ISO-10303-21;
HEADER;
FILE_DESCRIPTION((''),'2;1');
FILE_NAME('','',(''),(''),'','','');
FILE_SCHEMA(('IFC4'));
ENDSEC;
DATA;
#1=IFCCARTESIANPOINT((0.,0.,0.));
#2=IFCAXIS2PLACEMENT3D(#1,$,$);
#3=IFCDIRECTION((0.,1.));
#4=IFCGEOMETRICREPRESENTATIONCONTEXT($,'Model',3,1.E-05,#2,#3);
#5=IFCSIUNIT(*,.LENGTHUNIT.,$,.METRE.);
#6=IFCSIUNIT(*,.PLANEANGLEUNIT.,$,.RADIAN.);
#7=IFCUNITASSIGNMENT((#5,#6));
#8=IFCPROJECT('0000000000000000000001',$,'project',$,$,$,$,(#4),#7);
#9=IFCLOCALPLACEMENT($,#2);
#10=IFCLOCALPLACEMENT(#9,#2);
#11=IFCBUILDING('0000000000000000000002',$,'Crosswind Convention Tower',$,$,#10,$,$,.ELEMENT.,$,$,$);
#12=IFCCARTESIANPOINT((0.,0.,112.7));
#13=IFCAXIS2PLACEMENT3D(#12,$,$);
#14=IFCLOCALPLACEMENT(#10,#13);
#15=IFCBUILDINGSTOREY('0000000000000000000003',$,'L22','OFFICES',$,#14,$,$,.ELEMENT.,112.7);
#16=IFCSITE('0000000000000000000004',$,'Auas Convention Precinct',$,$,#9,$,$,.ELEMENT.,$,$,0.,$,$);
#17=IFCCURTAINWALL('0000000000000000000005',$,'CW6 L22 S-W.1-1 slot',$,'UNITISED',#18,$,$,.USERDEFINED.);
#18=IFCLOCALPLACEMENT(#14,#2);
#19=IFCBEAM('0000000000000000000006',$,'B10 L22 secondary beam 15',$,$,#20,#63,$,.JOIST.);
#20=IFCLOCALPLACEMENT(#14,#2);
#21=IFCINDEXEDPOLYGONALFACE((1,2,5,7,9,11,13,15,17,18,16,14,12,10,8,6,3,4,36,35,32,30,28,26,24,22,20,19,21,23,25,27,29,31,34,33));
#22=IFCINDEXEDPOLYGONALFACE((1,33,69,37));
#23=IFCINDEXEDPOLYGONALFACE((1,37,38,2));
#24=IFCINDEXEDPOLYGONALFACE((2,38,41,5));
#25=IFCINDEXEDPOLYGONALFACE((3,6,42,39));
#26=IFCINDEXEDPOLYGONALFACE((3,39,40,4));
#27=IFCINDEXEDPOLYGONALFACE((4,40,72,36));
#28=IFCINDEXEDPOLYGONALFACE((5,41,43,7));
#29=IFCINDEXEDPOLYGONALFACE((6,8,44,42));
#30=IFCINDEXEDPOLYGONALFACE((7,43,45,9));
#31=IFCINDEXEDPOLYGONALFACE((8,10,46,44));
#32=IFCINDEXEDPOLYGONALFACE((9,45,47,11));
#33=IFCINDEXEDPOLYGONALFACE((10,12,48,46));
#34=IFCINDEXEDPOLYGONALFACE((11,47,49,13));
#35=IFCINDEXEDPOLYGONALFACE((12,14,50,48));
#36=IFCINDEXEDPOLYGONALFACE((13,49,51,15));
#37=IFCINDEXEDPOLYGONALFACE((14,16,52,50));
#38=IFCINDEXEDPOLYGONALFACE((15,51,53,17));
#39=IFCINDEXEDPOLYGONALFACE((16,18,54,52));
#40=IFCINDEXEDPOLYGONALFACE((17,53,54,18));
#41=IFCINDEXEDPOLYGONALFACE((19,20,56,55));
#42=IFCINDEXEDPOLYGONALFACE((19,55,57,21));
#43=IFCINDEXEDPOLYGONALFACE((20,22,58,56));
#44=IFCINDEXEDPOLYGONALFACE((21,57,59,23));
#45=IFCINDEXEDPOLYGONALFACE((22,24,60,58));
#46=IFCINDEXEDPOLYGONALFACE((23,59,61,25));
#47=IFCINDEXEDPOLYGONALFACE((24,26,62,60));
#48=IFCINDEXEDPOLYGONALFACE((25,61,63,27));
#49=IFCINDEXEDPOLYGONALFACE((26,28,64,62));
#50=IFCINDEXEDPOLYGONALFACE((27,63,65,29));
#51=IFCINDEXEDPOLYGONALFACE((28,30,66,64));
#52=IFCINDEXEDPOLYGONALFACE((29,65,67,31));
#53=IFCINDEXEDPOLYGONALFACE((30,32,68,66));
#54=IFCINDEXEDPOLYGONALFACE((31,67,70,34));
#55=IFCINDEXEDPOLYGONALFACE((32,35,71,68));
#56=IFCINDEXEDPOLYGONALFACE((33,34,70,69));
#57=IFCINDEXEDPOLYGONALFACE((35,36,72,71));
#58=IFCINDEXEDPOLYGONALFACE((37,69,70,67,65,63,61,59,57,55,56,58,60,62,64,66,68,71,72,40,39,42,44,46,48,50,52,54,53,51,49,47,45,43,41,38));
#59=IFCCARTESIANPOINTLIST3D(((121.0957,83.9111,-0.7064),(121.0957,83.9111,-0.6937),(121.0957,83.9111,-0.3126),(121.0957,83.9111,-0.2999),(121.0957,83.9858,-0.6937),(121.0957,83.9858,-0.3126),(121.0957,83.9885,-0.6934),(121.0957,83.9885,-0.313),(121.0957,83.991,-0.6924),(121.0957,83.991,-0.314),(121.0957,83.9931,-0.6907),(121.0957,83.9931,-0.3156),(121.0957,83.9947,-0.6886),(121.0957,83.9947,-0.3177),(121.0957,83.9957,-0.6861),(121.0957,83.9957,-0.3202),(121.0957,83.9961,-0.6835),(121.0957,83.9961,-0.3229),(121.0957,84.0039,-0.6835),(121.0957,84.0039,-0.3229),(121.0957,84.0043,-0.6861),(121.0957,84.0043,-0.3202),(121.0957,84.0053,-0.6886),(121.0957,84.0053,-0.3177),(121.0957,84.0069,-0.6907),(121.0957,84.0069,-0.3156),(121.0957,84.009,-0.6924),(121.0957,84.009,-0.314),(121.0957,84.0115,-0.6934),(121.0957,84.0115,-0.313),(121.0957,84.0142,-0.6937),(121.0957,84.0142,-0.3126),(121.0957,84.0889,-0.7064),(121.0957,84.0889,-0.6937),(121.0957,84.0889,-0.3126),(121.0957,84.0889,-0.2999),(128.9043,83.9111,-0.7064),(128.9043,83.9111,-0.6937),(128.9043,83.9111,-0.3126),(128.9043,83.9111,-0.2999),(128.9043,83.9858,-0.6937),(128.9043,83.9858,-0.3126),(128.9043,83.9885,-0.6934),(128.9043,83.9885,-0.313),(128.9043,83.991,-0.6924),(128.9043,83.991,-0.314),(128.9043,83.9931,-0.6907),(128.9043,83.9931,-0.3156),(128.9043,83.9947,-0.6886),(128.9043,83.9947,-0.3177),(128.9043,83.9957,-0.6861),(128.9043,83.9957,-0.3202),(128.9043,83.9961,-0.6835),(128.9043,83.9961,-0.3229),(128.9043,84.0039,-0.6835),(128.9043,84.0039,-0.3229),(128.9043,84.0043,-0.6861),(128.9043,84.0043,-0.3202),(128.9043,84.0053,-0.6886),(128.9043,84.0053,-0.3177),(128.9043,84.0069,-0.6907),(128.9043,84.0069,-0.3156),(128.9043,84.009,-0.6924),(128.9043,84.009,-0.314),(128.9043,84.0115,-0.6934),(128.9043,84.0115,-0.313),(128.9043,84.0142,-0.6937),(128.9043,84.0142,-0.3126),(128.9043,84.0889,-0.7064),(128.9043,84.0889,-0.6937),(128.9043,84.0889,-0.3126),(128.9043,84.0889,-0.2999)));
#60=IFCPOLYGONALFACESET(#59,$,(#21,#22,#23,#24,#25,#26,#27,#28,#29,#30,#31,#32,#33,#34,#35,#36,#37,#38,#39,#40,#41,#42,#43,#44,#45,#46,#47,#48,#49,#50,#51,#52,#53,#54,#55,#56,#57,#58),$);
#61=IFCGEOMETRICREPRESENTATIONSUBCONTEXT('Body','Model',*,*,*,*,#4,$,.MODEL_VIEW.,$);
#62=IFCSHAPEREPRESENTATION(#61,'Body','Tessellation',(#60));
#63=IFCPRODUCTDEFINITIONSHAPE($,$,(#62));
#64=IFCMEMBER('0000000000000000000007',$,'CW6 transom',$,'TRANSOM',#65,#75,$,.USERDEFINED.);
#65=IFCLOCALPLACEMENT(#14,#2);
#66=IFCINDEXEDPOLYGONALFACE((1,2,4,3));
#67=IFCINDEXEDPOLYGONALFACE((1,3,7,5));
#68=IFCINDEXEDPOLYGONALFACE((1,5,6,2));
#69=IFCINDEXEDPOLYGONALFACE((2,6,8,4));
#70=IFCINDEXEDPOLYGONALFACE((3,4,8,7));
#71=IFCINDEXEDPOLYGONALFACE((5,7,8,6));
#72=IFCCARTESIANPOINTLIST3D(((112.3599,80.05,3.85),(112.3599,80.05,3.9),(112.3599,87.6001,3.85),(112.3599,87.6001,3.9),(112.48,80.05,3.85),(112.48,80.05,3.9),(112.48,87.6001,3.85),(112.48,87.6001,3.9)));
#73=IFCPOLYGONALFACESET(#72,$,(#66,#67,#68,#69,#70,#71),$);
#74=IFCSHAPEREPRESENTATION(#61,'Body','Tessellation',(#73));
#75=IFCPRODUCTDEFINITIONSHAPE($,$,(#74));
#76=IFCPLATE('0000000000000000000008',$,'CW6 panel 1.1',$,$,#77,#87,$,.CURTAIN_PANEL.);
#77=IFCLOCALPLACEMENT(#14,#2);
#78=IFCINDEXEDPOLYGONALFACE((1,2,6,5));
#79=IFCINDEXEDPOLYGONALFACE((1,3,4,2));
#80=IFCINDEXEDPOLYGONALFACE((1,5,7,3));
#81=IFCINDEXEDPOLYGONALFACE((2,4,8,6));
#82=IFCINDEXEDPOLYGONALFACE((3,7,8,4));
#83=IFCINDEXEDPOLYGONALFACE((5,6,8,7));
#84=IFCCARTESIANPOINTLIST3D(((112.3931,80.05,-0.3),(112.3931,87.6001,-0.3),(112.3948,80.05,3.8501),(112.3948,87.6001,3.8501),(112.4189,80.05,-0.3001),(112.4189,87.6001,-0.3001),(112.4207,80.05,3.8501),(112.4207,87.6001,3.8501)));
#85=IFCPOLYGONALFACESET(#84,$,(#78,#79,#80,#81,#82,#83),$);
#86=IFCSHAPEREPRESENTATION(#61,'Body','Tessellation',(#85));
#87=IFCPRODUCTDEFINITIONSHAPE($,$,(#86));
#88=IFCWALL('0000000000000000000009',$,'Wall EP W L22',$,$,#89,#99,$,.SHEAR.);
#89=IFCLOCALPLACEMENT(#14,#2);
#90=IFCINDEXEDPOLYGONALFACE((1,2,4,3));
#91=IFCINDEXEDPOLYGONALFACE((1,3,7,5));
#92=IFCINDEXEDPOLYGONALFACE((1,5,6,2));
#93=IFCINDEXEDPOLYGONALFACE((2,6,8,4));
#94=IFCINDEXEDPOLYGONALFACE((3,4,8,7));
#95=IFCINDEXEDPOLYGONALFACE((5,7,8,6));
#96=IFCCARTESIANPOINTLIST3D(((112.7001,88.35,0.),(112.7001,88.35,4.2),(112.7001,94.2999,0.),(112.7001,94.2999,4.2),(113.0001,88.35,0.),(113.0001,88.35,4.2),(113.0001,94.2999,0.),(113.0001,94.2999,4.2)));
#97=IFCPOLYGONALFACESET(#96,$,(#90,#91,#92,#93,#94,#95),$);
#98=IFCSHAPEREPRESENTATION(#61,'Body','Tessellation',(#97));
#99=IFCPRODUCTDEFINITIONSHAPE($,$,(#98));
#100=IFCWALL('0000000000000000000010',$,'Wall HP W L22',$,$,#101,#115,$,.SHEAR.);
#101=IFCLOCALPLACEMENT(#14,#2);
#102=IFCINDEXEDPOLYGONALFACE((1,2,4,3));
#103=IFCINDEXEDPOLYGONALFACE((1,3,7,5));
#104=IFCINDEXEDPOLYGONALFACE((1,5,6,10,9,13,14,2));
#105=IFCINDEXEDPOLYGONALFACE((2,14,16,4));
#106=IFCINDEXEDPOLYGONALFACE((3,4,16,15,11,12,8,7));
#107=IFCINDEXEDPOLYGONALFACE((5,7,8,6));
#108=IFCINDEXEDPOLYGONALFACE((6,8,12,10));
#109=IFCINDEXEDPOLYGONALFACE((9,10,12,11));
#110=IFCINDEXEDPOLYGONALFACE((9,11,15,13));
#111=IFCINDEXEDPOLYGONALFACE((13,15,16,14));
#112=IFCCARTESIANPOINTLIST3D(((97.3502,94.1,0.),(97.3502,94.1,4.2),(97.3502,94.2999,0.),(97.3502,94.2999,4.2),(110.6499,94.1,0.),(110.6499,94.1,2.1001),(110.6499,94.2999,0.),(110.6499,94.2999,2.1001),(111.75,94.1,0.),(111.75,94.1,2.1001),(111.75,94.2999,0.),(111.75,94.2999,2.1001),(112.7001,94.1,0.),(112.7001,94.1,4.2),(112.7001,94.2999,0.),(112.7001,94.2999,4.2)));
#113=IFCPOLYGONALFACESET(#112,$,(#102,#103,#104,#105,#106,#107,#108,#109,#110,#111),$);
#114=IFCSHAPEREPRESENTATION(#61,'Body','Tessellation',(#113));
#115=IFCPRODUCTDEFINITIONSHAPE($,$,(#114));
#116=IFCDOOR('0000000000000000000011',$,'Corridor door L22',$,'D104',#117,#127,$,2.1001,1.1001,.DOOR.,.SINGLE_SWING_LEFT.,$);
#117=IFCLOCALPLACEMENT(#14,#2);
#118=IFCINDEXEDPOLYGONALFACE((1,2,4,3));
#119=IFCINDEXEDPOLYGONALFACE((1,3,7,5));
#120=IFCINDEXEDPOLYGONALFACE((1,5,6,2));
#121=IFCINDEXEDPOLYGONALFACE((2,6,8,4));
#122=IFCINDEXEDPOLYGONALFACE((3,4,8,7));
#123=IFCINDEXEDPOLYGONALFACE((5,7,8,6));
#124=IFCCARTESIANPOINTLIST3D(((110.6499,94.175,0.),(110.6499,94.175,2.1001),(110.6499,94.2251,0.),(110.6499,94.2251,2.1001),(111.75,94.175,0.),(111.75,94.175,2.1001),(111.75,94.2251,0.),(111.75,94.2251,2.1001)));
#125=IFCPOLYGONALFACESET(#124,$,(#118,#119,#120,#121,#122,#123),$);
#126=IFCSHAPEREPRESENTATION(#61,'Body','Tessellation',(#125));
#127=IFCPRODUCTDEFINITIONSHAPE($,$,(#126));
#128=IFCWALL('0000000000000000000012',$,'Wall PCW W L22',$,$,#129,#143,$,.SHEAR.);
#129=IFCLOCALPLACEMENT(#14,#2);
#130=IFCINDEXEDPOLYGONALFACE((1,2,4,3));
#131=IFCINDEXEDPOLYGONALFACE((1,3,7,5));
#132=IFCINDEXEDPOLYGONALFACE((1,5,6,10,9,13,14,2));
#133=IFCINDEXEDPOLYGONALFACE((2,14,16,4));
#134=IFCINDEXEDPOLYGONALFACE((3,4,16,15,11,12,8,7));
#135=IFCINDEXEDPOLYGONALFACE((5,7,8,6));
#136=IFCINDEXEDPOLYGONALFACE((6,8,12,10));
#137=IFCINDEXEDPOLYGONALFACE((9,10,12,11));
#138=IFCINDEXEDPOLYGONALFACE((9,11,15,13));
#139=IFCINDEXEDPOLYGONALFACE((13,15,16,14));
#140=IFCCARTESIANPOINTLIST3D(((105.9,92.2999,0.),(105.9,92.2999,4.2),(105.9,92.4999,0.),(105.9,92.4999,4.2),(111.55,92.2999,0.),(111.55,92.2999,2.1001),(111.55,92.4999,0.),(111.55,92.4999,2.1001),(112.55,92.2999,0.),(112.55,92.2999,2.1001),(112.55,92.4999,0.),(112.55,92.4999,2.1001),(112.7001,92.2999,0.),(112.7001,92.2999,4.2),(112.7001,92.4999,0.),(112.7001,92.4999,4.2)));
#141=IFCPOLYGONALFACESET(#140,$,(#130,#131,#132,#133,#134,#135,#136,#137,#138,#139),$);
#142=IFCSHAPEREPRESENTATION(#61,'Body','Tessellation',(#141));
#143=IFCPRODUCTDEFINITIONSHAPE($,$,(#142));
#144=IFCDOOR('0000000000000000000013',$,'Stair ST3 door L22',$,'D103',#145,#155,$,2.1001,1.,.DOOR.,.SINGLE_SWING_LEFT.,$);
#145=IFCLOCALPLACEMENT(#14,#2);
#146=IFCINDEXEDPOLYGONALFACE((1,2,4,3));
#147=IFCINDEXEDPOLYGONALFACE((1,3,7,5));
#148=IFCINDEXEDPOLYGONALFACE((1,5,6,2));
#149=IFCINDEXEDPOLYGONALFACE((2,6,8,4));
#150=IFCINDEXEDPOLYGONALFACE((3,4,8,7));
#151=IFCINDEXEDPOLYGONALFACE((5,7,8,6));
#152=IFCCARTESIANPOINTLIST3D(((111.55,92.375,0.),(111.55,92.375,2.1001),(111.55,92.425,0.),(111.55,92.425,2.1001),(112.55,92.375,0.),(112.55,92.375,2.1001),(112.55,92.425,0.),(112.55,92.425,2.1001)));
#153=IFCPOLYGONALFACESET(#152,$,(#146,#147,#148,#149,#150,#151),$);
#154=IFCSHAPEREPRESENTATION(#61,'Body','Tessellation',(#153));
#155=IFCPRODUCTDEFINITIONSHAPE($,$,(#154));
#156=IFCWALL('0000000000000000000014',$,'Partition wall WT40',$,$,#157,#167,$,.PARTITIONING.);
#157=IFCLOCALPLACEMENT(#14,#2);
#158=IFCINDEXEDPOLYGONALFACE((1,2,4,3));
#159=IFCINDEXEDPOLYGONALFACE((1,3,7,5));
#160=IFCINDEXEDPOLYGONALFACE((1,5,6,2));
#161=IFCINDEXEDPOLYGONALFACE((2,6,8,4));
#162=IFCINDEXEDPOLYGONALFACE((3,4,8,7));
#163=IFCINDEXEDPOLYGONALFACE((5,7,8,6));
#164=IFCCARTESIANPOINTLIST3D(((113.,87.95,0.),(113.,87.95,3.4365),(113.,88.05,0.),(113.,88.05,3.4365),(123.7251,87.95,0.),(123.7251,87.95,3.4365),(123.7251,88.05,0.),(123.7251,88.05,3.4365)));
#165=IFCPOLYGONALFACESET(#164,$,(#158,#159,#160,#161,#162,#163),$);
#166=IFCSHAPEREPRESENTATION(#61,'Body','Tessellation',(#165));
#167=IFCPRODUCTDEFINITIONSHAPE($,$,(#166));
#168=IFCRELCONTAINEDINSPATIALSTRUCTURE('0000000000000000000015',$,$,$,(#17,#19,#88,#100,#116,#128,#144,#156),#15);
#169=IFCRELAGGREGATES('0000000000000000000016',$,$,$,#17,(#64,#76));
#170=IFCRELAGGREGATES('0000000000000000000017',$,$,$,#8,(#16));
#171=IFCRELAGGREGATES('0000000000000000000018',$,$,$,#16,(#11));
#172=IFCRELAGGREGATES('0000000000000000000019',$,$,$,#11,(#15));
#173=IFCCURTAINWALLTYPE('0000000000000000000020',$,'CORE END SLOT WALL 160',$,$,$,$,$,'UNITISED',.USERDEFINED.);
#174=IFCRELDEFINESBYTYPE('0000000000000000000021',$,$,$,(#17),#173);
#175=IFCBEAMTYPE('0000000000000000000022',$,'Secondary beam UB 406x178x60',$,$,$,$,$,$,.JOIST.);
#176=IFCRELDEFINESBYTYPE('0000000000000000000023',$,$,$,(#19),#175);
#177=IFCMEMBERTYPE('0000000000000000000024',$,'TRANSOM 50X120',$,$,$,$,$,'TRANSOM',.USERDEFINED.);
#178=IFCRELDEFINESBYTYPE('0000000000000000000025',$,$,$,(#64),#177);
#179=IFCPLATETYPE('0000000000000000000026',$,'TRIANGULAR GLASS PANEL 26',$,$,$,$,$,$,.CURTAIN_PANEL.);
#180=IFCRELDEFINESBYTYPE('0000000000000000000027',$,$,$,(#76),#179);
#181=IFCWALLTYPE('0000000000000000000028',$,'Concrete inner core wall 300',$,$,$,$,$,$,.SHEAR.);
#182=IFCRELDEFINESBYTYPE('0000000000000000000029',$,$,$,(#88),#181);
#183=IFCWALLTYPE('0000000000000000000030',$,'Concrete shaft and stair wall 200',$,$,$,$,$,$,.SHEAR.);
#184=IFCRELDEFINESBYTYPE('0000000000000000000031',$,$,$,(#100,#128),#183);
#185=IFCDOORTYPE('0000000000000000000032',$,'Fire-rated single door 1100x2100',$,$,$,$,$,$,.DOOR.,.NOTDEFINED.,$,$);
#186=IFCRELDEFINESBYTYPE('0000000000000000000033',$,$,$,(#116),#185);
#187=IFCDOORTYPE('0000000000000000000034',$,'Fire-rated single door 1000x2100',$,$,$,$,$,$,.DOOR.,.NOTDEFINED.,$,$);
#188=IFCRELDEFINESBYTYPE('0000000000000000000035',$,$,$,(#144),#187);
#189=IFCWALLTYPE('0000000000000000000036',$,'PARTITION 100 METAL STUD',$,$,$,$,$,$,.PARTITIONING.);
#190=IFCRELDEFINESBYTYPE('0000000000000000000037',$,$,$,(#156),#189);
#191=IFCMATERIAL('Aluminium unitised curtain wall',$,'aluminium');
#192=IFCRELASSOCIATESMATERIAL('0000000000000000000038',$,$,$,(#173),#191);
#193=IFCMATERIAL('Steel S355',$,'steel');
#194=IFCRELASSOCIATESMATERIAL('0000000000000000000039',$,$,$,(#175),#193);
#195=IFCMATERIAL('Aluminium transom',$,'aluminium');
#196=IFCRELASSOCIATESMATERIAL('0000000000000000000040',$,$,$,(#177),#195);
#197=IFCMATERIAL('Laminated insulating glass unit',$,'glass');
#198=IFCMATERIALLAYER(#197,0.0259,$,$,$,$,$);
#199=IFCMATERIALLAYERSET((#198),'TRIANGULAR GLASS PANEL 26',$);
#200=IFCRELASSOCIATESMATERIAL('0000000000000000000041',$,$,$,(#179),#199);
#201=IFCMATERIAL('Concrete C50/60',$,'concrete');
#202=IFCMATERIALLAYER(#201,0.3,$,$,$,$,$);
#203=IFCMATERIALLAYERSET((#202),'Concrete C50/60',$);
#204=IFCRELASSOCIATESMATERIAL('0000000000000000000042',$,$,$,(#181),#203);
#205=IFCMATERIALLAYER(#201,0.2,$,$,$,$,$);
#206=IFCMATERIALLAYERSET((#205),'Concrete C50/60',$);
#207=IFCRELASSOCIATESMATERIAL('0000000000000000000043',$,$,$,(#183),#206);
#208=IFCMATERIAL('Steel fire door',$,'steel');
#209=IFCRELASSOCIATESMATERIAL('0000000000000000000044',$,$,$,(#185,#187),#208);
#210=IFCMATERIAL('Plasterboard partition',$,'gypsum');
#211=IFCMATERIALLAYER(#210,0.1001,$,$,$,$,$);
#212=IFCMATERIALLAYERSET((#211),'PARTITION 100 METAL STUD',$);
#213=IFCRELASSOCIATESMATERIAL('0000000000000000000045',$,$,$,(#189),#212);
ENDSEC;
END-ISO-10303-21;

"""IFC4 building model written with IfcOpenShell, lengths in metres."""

from ifc_helpers import new_model, si_unit, direction, frame, frame_2d, origin, origin_2d, place, context, subcontext, project, spatial, polyline, rectangle, i_section, outline, extrude, material, layer, layer_set, material_profile, profile_set, type_object, element, fill, aggregate, save


model = new_model("IFC4")

# Units and contexts
model_context = context("Model", 3, precision=1e-05, world=origin(), true_north=direction((0.0, 1.0)))
body_context = subcontext(model_context, "Body", "Model", "MODEL_VIEW")
ifc_project = project(units=[si_unit("LENGTHUNIT", "METRE"), si_unit("PLANEANGLEUNIT", "RADIAN")], contexts=[model_context])

# Site, building, storey
site_placement = place(None, origin())
site = spatial("IfcSite", under=ifc_project, at=site_placement, Name="Auas Convention Precinct", CompositionType="ELEMENT", RefElevation=0.0)
building_placement = place(site_placement, origin())
building = spatial("IfcBuilding", under=site, at=building_placement, Name="Crosswind Convention Tower", CompositionType="ELEMENT")
storey_placement = place(building_placement, frame((0.0, 0.0, 112.7)))
storey = spatial("IfcBuildingStorey", under=building, at=storey_placement, Name="L22", Description="OFFICES", CompositionType="ELEMENT", Elevation=112.7)

# Shared definitions
ifc_material_1 = material(Name="Steel S355", Category="steel")

# Curtain wall
ifc_material_2 = material(Name="Aluminium unitised curtain wall", Category="aluminium")
curtain_wall_type = type_object("IfcCurtainWallType", Name="CORE END SLOT WALL 160", ElementType="UNITISED", PredefinedType="USERDEFINED", material=ifc_material_2)
curtain_wall_placement = place(storey_placement, origin())
curtain_wall = element("IfcCurtainWall", 1, at=curtain_wall_placement, inside=storey, type_object=curtain_wall_type, Name="CW6 L22 S-W.1-1 slot", ObjectType="UNITISED", PredefinedType="USERDEFINED")

# Beam
ifc_material_profile_1 = material_profile(ifc_material_1, i_section(OverallWidth=0.1777, OverallDepth=0.4065, WebThickness=0.0078, FlangeThickness=0.0127, FilletRadius=0.0103, at=origin_2d()), Name="UB 406x178x60")
ifc_profile_set_1 = profile_set([ifc_material_profile_1], Name="Steel S355")
beam_type_1 = type_object("IfcBeamType", Name="Secondary beam UB 406x178x60", PredefinedType="JOIST", material=ifc_profile_set_1)
beam_1_placement = place(storey_placement, frame((121.0957, 84.0, -0.5032), z_axis=(1.0, 0.0, 0.0), x_axis=(0.0, 1.0, 0.0)))
element("IfcBeam", 2, at=beam_1_placement, inside=storey, type_object=beam_type_1, Name="B10 L22 secondary beam 15", PredefinedType="JOIST", context=body_context, shape_type="SweptSolid", body=[
    extrude(i_section(OverallWidth=0.1777, OverallDepth=0.4065, WebThickness=0.0078, FlangeThickness=0.0127, FilletRadius=0.0103, at=origin_2d()), origin(), (0.0, 0.0, 1.0), 7.8086),
])

# Member
ifc_material_3 = material(Name="Aluminium transom", Category="aluminium")
ifc_material_profile_2 = material_profile(ifc_material_3, rectangle(XDim=0.1201, YDim=0.05, at=origin_2d()), Name="AL 120X50")
ifc_profile_set_2 = profile_set([ifc_material_profile_2], Name="Aluminium transom")
member_type_1 = type_object("IfcMemberType", Name="TRANSOM 50X120", ElementType="TRANSOM", PredefinedType="USERDEFINED", material=ifc_profile_set_2)
member_1_placement = place(storey_placement, frame((112.4199, 87.6001, 3.875), z_axis=(0.0, -1.0, 0.0), x_axis=(1.0, 0.0, 0.0)))
member_1 = element("IfcMember", 3, at=member_1_placement, type_object=member_type_1, Name="CW6 transom", ObjectType="TRANSOM", PredefinedType="USERDEFINED", context=body_context, shape_type="SweptSolid", body=[
    extrude(rectangle(XDim=0.1201, YDim=0.05, at=origin_2d()), origin(), (0.0, 0.0, 1.0), 7.55),
])

# Plate
ifc_material_4 = material(Name="Laminated insulating glass unit", Category="glass")
ifc_layer_1 = layer(ifc_material_4, 0.0259)
ifc_layer_set_1 = layer_set([ifc_layer_1], Name="TRIANGULAR GLASS PANEL 26")
plate_type = type_object("IfcPlateType", Name="TRIANGULAR GLASS PANEL 26", PredefinedType="CURTAIN_PANEL", material=ifc_layer_set_1)
plate_placement = place(storey_placement, frame((112.3931, 87.6001, -0.3), z_axis=(-1.0, 0.0, 0.000412), x_axis=(0.0, -1.0, 0.0)))
plate = element("IfcPlate", 4, at=plate_placement, type_object=plate_type, Name="CW6 panel 1.1", PredefinedType="CURTAIN_PANEL", context=body_context, shape_type="SweptSolid", body=[
    extrude(outline(polyline([(0.0, 0.0), (7.55, 0.0), (7.55, 4.1501), (0.0, 4.1501), (0.0, 0.0)])), origin(), (0.0, 0.0, -1.0), 0.0259),
])
aggregate(curtain_wall, [member_1, plate])

# Wall
ifc_material_5 = material(Name="Concrete C50/60", Category="concrete")
ifc_layer_2 = layer(ifc_material_5, 0.3)
ifc_layer_set_2 = layer_set([ifc_layer_2], Name="Concrete C50/60")
wall_type_1 = type_object("IfcWallType", Name="Concrete inner core wall 300", PredefinedType="SHEAR", material=ifc_layer_set_2)
wall_1_placement = place(storey_placement, frame((112.8501, 94.3, 0.0), z_axis=(0.0, 0.0, 1.0), x_axis=(0.0, -1.0, 0.0)))
element("IfcWall", 5, at=wall_1_placement, inside=storey, type_object=wall_type_1, Name="Wall EP W L22", PredefinedType="SHEAR", context=body_context, shape_type="SweptSolid", body=[
    extrude(rectangle(XDim=5.95, YDim=0.3, at=frame_2d((2.9751, 0.0))), origin(), (0.0, 0.0, 1.0), 4.2),
])

# Walls, openings, doors
ifc_layer_3 = layer(ifc_material_5, 0.2)
ifc_layer_set_3 = layer_set([ifc_layer_3], Name="Concrete C50/60")
wall_type_2 = type_object("IfcWallType", Name="Concrete shaft and stair wall 200", PredefinedType="SHEAR", material=ifc_layer_set_3)
wall_2_placement = place(storey_placement, frame((112.7, 94.2, 0.0), z_axis=(0.0, 0.0, 1.0), x_axis=(-1.0, 0.0, 0.0)))
wall_2 = element("IfcWall", 6, at=wall_2_placement, inside=storey, type_object=wall_type_2, Name="Wall HP W L22", PredefinedType="SHEAR", context=body_context, shape_type="SweptSolid", body=[
    extrude(rectangle(XDim=15.3499, YDim=0.2, at=frame_2d((7.6748, 0.0))), origin(), (0.0, 0.0, 1.0), 4.2),
])
opening_1_placement = place(wall_2_placement, frame((0.95, 0.0, 0.0)))
opening_1 = element("IfcOpeningElement", 7, at=opening_1_placement, cuts=wall_2, PredefinedType="OPENING", context=body_context, shape_type="SweptSolid", body=[
    extrude(rectangle(XDim=1.1001, YDim=2.1001, at=frame_2d((0.55, 1.05))), frame((0.0, 0.1099, 0.0), z_axis=(0.0, -1.0, 0.0), x_axis=(1.0, 0.0, 0.0)), (0.0, 0.0, 1.0), 0.22),
])
ifc_material_6 = material(Name="Steel fire door", Category="steel")
door_type_1 = type_object("IfcDoorType", Name="Fire-rated single door 1100x2100", OperationType="NOTDEFINED", PredefinedType="DOOR", material=ifc_material_6)
door_1_placement = place(opening_1_placement, origin())
door_1 = element("IfcDoor", 8, at=door_1_placement, inside=storey, type_object=door_type_1, Name="Corridor door L22", ObjectType="D104", OperationType="SINGLE_SWING_LEFT", OverallHeight=2.1001, OverallWidth=1.1001, PredefinedType="DOOR", context=body_context, shape_type="SweptSolid", body=[
    extrude(rectangle(XDim=1.1001, YDim=2.1001, at=frame_2d((0.55, 1.05))), frame((0.0, 0.0249, 0.0), z_axis=(0.0, -1.0, 0.0), x_axis=(1.0, 0.0, 0.0)), (0.0, 0.0, 1.0), 0.05),
])
fill(opening_1, door_1)
wall_3_placement = place(storey_placement, frame((112.7, 92.3999, 0.0), z_axis=(0.0, 0.0, 1.0), x_axis=(-1.0, 0.0, 0.0)))
wall_3 = element("IfcWall", 9, at=wall_3_placement, inside=storey, type_object=wall_type_2, Name="Wall PCW W L22", PredefinedType="SHEAR", context=body_context, shape_type="SweptSolid", body=[
    extrude(rectangle(XDim=6.8, YDim=0.2, at=frame_2d((3.3999, 0.0))), origin(), (0.0, 0.0, 1.0), 4.2),
])
opening_2_placement = place(wall_3_placement, frame((0.1499, 0.0, 0.0)))
opening_2 = element("IfcOpeningElement", 10, at=opening_2_placement, cuts=wall_3, PredefinedType="OPENING", context=body_context, shape_type="SweptSolid", body=[
    extrude(rectangle(XDim=1.0, YDim=2.1001, at=frame_2d((0.5, 1.05))), frame((0.0, 0.1099, 0.0), z_axis=(0.0, -1.0, 0.0), x_axis=(1.0, 0.0, 0.0)), (0.0, 0.0, 1.0), 0.22),
])
door_type_2 = type_object("IfcDoorType", Name="Fire-rated single door 1000x2100", OperationType="NOTDEFINED", PredefinedType="DOOR", material=ifc_material_6)
door_2_placement = place(opening_2_placement, origin())
door_2 = element("IfcDoor", 11, at=door_2_placement, inside=storey, type_object=door_type_2, Name="Stair ST3 door L22", ObjectType="D103", OperationType="SINGLE_SWING_LEFT", OverallHeight=2.1001, OverallWidth=1.0, PredefinedType="DOOR", context=body_context, shape_type="SweptSolid", body=[
    extrude(rectangle(XDim=1.0, YDim=2.1001, at=frame_2d((0.5, 1.05))), frame((0.0, 0.0249, 0.0), z_axis=(0.0, -1.0, 0.0), x_axis=(1.0, 0.0, 0.0)), (0.0, 0.0, 1.0), 0.05),
])
fill(opening_2, door_2)

# Wall
ifc_material_7 = material(Name="Plasterboard partition", Category="gypsum")
ifc_layer_4 = layer(ifc_material_7, 0.1001)
ifc_layer_set_4 = layer_set([ifc_layer_4], Name="PARTITION 100 METAL STUD")
wall_type_3 = type_object("IfcWallType", Name="PARTITION 100 METAL STUD", PredefinedType="PARTITIONING", material=ifc_layer_set_4)
wall_4_placement = place(storey_placement, frame((113.0, 88.0, 0.0), z_axis=(0.0, 0.0, 1.0), x_axis=(1.0, 0.0, 0.0)))
element("IfcWall", 12, at=wall_4_placement, inside=storey, type_object=wall_type_3, Name="Partition wall WT40", PredefinedType="PARTITIONING", context=body_context, shape_type="SweptSolid", body=[
    extrude(rectangle(XDim=10.7251, YDim=0.1001, at=frame_2d((5.3625, 0.0))), origin(), (0.0, 0.0, 1.0), 3.4365),
])

save(model, "model.ifc")
